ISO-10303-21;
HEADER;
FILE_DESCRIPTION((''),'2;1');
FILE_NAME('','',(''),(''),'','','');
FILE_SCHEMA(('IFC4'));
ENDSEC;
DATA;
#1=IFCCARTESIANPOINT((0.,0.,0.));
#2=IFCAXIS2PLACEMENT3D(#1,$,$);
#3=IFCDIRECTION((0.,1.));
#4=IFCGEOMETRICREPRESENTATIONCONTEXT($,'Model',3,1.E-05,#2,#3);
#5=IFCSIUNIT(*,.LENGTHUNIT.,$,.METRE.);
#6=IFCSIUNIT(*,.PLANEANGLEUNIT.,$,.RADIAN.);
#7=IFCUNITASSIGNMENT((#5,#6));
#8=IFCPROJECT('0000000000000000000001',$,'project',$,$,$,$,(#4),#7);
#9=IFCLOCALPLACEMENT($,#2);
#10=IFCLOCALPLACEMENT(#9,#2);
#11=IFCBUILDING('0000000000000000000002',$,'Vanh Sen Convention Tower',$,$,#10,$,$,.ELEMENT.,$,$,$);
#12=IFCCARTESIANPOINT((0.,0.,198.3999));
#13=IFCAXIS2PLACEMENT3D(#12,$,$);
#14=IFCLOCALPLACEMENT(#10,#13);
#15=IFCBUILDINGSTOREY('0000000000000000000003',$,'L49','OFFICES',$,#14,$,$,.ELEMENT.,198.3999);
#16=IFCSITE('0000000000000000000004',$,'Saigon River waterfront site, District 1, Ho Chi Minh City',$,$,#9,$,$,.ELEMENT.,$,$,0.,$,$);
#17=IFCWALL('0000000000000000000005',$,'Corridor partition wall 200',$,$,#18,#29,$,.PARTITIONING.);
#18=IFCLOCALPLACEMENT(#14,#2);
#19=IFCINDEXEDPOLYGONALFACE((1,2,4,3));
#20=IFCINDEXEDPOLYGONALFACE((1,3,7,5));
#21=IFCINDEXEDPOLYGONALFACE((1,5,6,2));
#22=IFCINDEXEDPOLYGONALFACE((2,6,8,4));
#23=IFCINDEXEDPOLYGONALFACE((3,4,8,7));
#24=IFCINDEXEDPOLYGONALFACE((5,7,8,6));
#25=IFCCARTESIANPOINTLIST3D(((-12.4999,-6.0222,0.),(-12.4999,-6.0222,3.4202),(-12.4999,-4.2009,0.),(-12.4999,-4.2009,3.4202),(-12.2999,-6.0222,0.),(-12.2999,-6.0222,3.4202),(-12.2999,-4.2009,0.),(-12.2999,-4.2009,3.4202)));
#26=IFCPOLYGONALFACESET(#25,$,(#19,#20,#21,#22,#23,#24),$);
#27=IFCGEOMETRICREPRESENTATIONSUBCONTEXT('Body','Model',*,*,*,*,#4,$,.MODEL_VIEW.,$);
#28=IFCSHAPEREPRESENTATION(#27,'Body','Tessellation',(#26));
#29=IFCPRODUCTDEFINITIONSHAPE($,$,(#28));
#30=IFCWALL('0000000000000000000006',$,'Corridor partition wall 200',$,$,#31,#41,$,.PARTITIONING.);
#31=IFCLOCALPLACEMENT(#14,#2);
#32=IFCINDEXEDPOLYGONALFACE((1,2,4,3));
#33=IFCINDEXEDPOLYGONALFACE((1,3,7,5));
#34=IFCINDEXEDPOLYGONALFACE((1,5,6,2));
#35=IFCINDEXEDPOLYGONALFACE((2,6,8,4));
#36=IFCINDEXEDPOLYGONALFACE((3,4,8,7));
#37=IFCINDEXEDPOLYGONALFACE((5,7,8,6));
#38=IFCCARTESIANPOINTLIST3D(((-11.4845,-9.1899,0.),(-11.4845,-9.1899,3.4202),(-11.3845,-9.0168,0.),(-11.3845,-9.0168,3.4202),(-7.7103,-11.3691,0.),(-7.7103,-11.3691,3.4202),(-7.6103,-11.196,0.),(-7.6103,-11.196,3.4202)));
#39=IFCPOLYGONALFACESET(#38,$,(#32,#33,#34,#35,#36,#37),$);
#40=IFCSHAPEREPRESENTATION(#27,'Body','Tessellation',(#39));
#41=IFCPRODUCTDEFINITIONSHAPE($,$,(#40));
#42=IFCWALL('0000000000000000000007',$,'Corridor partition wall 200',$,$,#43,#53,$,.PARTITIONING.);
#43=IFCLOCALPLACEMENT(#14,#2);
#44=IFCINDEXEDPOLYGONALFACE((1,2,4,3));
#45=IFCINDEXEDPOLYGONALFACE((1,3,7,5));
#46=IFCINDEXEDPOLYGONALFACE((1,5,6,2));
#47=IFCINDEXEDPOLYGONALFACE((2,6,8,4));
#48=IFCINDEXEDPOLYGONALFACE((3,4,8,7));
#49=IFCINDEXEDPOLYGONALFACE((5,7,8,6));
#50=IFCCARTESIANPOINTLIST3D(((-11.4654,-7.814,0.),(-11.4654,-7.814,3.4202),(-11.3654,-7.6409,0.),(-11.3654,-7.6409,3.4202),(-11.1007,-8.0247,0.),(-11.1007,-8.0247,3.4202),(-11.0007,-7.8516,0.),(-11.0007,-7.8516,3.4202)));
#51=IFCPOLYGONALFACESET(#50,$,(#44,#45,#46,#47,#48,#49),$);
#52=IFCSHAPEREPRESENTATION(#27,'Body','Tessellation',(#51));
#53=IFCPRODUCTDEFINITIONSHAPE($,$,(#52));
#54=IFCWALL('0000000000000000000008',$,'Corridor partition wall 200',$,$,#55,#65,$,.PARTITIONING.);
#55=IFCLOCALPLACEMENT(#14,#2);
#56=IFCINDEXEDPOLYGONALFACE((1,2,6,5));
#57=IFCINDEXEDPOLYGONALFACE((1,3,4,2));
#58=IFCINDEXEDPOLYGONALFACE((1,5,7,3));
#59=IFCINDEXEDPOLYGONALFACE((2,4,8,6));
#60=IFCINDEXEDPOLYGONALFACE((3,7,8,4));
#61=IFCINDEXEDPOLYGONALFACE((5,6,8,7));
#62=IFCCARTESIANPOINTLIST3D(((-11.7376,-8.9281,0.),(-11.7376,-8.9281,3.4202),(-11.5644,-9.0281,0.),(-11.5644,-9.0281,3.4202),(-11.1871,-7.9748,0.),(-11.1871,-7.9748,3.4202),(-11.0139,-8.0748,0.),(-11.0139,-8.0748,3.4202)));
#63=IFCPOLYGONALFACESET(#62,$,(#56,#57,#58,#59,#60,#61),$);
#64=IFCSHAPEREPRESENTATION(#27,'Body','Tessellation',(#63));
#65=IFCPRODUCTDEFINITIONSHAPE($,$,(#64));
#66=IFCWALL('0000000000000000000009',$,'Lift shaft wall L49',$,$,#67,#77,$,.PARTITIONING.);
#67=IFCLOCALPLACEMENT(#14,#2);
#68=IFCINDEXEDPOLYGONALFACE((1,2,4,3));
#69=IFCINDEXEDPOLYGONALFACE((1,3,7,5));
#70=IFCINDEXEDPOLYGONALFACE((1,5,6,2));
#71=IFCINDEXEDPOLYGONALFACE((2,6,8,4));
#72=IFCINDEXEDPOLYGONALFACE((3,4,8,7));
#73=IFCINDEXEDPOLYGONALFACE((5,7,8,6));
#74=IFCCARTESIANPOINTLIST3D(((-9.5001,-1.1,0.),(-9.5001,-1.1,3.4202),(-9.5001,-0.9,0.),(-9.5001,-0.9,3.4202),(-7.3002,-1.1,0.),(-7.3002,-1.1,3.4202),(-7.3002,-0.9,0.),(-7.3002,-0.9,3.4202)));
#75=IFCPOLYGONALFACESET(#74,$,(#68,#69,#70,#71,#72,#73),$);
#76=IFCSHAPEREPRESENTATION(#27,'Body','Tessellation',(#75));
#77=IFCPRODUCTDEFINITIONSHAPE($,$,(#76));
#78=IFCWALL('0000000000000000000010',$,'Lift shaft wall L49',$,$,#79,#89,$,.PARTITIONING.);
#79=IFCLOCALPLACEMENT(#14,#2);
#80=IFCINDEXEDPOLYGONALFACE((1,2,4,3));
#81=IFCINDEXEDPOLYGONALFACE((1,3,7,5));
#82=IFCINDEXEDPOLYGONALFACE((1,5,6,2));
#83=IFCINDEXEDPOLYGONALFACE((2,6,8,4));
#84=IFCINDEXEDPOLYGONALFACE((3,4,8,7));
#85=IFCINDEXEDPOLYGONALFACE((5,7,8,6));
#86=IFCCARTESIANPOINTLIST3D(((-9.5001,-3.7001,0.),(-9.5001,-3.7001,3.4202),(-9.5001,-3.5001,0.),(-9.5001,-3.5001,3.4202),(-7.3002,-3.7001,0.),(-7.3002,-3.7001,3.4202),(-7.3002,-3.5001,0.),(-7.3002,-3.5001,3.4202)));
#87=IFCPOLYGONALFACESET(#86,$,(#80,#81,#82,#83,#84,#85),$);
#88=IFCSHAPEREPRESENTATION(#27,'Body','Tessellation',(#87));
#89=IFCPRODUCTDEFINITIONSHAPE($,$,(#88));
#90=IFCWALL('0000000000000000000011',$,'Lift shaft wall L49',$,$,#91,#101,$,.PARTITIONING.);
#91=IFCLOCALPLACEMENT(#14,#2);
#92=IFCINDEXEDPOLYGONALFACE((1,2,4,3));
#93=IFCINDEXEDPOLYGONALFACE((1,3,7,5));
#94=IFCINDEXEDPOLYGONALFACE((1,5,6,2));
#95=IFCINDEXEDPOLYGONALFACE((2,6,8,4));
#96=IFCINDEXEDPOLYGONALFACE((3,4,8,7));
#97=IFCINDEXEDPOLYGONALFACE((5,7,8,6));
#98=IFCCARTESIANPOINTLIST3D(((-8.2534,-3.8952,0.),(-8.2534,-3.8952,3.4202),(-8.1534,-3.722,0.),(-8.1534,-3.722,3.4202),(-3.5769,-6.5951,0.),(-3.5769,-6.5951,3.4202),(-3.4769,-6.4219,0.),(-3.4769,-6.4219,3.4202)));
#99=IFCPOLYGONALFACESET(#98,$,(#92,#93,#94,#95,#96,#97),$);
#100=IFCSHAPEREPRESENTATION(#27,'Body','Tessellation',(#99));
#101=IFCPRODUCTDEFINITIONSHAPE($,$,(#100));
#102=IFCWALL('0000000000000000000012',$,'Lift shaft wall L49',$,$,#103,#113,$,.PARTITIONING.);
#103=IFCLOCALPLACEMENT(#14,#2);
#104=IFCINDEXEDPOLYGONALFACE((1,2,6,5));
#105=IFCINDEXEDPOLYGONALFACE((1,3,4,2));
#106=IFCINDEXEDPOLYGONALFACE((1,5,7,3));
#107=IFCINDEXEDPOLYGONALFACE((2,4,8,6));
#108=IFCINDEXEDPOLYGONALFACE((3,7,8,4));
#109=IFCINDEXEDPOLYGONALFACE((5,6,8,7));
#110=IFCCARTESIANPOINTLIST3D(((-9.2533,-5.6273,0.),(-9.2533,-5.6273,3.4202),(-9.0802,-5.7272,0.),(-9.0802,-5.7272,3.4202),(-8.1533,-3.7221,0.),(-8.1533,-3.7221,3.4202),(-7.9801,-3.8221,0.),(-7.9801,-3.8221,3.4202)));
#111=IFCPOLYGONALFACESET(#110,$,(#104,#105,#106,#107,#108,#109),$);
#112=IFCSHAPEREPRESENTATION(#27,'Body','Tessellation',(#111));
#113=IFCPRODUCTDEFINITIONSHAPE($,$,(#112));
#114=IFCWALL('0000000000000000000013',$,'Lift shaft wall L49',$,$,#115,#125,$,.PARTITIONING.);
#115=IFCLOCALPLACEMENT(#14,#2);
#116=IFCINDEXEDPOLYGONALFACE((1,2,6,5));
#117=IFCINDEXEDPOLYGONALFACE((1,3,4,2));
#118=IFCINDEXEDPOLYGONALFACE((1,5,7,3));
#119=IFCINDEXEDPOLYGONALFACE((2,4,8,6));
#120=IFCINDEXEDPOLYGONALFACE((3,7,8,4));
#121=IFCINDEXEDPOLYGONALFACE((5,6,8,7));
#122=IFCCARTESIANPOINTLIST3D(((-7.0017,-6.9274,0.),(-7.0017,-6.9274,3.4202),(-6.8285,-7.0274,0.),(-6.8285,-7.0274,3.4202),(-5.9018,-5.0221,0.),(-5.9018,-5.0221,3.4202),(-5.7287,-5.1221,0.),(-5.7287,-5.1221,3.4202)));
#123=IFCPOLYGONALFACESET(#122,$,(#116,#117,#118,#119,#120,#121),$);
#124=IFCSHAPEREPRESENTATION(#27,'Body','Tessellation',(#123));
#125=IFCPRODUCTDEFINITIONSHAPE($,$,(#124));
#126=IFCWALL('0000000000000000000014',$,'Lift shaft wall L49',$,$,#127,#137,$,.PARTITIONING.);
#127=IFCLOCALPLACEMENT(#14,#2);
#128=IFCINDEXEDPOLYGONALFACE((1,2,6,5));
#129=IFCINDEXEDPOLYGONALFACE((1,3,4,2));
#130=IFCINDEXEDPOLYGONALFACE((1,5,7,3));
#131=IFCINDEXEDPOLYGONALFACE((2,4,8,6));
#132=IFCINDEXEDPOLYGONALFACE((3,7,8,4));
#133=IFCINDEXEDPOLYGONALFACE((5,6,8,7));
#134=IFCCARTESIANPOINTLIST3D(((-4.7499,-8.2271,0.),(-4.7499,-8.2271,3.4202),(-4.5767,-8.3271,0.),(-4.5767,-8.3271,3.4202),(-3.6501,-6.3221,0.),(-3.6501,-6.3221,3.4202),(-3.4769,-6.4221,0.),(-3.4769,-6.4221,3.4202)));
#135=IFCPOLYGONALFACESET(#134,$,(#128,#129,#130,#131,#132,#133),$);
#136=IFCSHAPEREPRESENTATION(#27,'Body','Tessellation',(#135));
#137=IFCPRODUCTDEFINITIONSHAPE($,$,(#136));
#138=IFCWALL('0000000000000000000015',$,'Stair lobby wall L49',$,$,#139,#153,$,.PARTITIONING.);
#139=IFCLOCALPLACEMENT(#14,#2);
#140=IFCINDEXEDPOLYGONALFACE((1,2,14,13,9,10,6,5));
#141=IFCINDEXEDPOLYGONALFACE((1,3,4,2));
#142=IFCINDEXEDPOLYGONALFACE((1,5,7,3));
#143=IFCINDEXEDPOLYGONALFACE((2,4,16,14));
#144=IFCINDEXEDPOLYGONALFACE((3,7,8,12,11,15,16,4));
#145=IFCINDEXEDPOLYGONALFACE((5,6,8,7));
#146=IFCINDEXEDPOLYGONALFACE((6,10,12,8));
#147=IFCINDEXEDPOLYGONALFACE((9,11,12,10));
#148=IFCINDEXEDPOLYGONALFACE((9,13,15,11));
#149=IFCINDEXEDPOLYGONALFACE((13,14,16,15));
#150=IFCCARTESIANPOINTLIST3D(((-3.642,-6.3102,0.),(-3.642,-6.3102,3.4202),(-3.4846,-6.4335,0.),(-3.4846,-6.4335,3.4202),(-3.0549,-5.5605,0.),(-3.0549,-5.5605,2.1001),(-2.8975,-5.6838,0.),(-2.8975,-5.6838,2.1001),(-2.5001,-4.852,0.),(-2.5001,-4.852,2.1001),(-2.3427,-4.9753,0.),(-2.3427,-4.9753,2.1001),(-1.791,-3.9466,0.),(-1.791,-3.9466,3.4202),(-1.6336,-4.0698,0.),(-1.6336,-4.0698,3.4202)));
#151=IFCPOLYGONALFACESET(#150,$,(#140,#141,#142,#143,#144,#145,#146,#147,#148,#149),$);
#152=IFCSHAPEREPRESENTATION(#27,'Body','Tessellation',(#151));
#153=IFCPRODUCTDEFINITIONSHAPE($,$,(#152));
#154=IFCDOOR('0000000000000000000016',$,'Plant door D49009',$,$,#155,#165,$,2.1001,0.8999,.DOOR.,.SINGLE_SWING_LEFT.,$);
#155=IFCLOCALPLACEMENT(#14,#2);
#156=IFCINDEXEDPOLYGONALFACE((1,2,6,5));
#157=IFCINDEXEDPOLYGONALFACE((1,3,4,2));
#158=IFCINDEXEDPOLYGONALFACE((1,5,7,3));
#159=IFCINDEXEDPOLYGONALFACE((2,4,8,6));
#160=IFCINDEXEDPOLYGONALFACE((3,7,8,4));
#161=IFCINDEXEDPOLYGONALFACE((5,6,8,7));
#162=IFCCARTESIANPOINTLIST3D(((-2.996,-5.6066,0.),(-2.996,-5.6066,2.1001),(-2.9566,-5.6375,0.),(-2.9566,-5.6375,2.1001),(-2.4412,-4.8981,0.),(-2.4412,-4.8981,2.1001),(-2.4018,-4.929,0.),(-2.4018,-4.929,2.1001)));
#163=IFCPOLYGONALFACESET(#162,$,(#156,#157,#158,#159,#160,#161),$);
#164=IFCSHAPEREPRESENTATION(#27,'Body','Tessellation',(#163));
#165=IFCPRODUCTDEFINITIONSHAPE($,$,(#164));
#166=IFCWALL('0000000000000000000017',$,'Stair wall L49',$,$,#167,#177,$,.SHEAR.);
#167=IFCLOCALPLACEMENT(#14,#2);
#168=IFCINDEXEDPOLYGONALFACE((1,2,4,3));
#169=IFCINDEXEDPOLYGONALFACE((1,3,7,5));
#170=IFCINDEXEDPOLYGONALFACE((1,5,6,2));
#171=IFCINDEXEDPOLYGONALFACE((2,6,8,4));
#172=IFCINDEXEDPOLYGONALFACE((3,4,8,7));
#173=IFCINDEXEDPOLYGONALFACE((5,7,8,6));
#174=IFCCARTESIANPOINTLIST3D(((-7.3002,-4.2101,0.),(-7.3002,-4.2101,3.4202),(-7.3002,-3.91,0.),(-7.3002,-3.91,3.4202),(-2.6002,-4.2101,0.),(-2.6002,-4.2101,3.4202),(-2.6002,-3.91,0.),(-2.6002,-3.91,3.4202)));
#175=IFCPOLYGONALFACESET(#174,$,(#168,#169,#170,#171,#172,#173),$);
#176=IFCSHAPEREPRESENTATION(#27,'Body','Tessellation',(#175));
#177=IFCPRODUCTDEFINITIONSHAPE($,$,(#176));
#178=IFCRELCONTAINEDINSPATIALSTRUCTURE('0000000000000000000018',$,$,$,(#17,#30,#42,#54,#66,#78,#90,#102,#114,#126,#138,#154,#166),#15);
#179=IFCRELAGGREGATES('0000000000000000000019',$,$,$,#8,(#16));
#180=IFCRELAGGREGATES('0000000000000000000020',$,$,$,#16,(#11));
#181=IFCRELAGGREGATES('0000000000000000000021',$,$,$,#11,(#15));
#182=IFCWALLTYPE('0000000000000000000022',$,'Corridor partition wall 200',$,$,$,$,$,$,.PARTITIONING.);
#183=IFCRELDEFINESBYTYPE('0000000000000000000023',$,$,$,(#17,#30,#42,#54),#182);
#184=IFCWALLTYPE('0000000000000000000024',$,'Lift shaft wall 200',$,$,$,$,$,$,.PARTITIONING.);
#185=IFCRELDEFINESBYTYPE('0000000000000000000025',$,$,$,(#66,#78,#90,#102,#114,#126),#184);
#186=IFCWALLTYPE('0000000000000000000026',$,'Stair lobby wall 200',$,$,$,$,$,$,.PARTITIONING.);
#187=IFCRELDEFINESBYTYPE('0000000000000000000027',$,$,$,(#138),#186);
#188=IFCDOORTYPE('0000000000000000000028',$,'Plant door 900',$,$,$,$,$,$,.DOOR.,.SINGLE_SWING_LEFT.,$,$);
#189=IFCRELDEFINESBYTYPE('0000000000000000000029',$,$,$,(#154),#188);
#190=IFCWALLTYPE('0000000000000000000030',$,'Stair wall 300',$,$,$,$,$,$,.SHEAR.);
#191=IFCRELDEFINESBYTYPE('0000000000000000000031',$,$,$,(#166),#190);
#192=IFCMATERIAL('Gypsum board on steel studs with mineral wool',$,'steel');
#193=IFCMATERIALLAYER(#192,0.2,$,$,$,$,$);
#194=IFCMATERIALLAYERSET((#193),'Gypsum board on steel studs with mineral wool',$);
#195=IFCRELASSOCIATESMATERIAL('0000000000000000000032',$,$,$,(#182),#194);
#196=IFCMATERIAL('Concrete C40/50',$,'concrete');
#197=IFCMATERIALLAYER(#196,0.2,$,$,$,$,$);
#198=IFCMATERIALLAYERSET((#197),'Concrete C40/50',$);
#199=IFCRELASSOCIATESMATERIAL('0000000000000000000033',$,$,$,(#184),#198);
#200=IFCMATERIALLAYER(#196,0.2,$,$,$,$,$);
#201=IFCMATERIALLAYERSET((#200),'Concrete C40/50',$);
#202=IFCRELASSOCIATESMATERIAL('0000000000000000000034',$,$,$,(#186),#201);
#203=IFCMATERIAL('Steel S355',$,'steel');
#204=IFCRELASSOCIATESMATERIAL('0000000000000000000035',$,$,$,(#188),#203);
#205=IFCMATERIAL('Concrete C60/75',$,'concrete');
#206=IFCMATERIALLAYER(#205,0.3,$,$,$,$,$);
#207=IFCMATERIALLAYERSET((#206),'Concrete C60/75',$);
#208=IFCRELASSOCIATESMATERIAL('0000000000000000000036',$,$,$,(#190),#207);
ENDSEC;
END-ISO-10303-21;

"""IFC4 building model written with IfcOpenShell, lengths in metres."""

from ifc_helpers import new_model, si_unit, direction, frame, frame_2d, origin, place, context, subcontext, project, spatial, rectangle, extrude, material, layer, layer_set, type_object, element, fill, save


model = new_model("IFC4")

# Units and contexts
model_context = context("Model", 3, precision=1e-05, world=origin(), true_north=direction((0.0, 1.0)))
body_context = subcontext(model_context, "Body", "Model", "MODEL_VIEW")
ifc_project = project(units=[si_unit("LENGTHUNIT", "METRE"), si_unit("PLANEANGLEUNIT", "RADIAN")], contexts=[model_context])

# Site, building, storey
site_placement = place(None, origin())
site = spatial("IfcSite", under=ifc_project, at=site_placement, Name="Saigon River waterfront site, District 1, Ho Chi Minh City", CompositionType="ELEMENT", RefElevation=0.0)
building_placement = place(site_placement, origin())
building = spatial("IfcBuilding", under=site, at=building_placement, Name="Vanh Sen Convention Tower", CompositionType="ELEMENT")
storey_placement = place(building_placement, frame((0.0, 0.0, 198.3999)))
storey = spatial("IfcBuildingStorey", under=building, at=storey_placement, Name="L49", Description="OFFICES", CompositionType="ELEMENT", Elevation=198.3999)

# Shared definitions
ifc_material_1 = material(Name="Steel S355", Category="steel")

# Walls
ifc_material_2 = material(Name="Gypsum board on steel studs with mineral wool", Category="steel")
ifc_layer_1 = layer(ifc_material_2, 0.2)
ifc_layer_set_1 = layer_set([ifc_layer_1], Name="Gypsum board on steel studs with mineral wool")
wall_type_1 = type_object("IfcWallType", Name="Corridor partition wall 200", PredefinedType="PARTITIONING", material=ifc_layer_set_1)
wall_1_placement = place(storey_placement, frame((-12.3999, -4.2009, 0.0), z_axis=(0.0, 0.0, 1.0), x_axis=(0.0, -1.0, 0.0)))
element("IfcWall", 1, at=wall_1_placement, inside=storey, type_object=wall_type_1, Name="Corridor partition wall 200", PredefinedType="PARTITIONING", context=body_context, shape_type="SweptSolid", body=[
    extrude(rectangle(XDim=1.8213, YDim=0.2, at=frame_2d((0.9106, 0.0))), origin(), (0.0, 0.0, 1.0), 3.4202),
])
wall_2_placement = place(storey_placement, frame((-11.4346, -9.1033, 0.0), z_axis=(0.0, 0.0, 1.0), x_axis=(0.866007, -0.500031, 0.0)))
element("IfcWall", 2, at=wall_2_placement, inside=storey, type_object=wall_type_1, Name="Corridor partition wall 200", PredefinedType="PARTITIONING", context=body_context, shape_type="SweptSolid", body=[
    extrude(rectangle(XDim=4.3582, YDim=0.2, at=frame_2d((2.1792, 0.0))), origin(), (0.0, 0.0, 1.0), 3.4202),
])
wall_3_placement = place(storey_placement, frame((-11.4153, -7.7275, 0.0), z_axis=(0.0, 0.0, 1.0), x_axis=(0.865915, -0.500191, 0.0)))
element("IfcWall", 3, at=wall_3_placement, inside=storey, type_object=wall_type_1, Name="Corridor partition wall 200", PredefinedType="PARTITIONING", context=body_context, shape_type="SweptSolid", body=[
    extrude(rectangle(XDim=0.4211, YDim=0.2, at=frame_2d((0.2104, 0.0))), origin(), (0.0, 0.0, 1.0), 3.4202),
])
wall_4_placement = place(storey_placement, frame((-11.1006, -8.0249, 0.0), z_axis=(0.0, 0.0, 1.0), x_axis=(-0.500074, -0.865982, 0.0)))
element("IfcWall", 4, at=wall_4_placement, inside=storey, type_object=wall_type_1, Name="Corridor partition wall 200", PredefinedType="PARTITIONING", context=body_context, shape_type="SweptSolid", body=[
    extrude(rectangle(XDim=1.1008, YDim=0.2, at=frame_2d((0.5503, 0.0))), origin(), (0.0, 0.0, 1.0), 3.4202),
])
ifc_material_3 = material(Name="Concrete C40/50", Category="concrete")
ifc_layer_2 = layer(ifc_material_3, 0.2)
ifc_layer_set_2 = layer_set([ifc_layer_2], Name="Concrete C40/50")
wall_type_2 = type_object("IfcWallType", Name="Lift shaft wall 200", PredefinedType="PARTITIONING", material=ifc_layer_set_2)
for number, where, z_axis, x_axis, name in (
    (5, (-7.3, -1.0, 0.0), (0.0, 0.0, 1.0), (-1.0, 0.0, 0.0), "Lift shaft wall L49"),
    (6, (-7.3, -3.6001, 0.0), (0.0, 0.0, 1.0), (-1.0, 0.0, 0.0), "Lift shaft wall L49"),
):
    element("IfcWall", number, at=place(storey_placement, frame(where, z_axis=z_axis, x_axis=x_axis)), inside=storey, type_object=wall_type_2, Name=name, PredefinedType="PARTITIONING", context=body_context, shape_type="SweptSolid", body=[
        extrude(rectangle(XDim=2.2, YDim=0.2, at=frame_2d((1.1001, 0.0))), origin(), (0.0, 0.0, 1.0), 3.4202),
    ])
wall_5_placement = place(storey_placement, frame((-8.2034, -3.8086, 0.0), z_axis=(0.0, 0.0, 1.0), x_axis=(0.866028, -0.499995, 0.0)))
element("IfcWall", 7, at=wall_5_placement, inside=storey, type_object=wall_type_2, Name="Lift shaft wall L49", PredefinedType="PARTITIONING", context=body_context, shape_type="SweptSolid", body=[
    extrude(rectangle(XDim=5.3999, YDim=0.2, at=frame_2d((2.7, 0.0))), origin(), (0.0, 0.0, 1.0), 3.4202),
])
for number, where, z_axis, x_axis, name in (
    (8, (-8.0667, -3.772, 0.0), (0.0, 0.0, 1.0), (-0.50003, -0.866008, 0.0), "Lift shaft wall L49"),
    (9, (-5.8152, -5.072, 0.0), (0.0, 0.0, 1.0), (-0.499947, -0.866056, 0.0), "Lift shaft wall L49"),
):
    element("IfcWall", number, at=place(storey_placement, frame(where, z_axis=z_axis, x_axis=x_axis)), inside=storey, type_object=wall_type_2, Name=name, PredefinedType="PARTITIONING", context=body_context, shape_type="SweptSolid", body=[
        extrude(rectangle(XDim=2.2, YDim=0.2, at=frame_2d((1.1001, 0.0))), origin(), (0.0, 0.0, 1.0), 3.4202),
    ])
wall_6_placement = place(storey_placement, frame((-3.5635, -6.3721, 0.0), z_axis=(0.0, 0.0, 1.0), x_axis=(-0.499995, -0.866028, 0.0)))
element("IfcWall", 10, at=wall_6_placement, inside=storey, type_object=wall_type_2, Name="Lift shaft wall L49", PredefinedType="PARTITIONING", context=body_context, shape_type="SweptSolid", body=[
    extrude(rectangle(XDim=2.1997, YDim=0.2, at=frame_2d((1.0999, 0.0))), origin(), (0.0, 0.0, 1.0), 3.4202),
])

# Wall, opening, door
ifc_layer_3 = layer(ifc_material_3, 0.2)
ifc_layer_set_3 = layer_set([ifc_layer_3], Name="Concrete C40/50")
wall_type_3 = type_object("IfcWallType", Name="Stair lobby wall 200", PredefinedType="PARTITIONING", material=ifc_layer_set_3)
wall_7_placement = place(storey_placement, frame((-1.7124, -4.0083, 0.0), z_axis=(0.0, 0.0, 1.0), x_axis=(-0.616549, -0.787316, 0.0)))
wall_7 = element("IfcWall", 11, at=wall_7_placement, inside=storey, type_object=wall_type_3, Name="Stair lobby wall L49", PredefinedType="PARTITIONING", context=body_context, shape_type="SweptSolid", body=[
    extrude(rectangle(XDim=3.0022, YDim=0.2, at=frame_2d((1.501, 0.0))), origin(), (0.0, 0.0, 1.0), 3.4202),
])
opening_1_placement = place(wall_7_placement, frame((1.1499, 0.0, 0.0)))
opening_1 = element("IfcOpeningElement", 12, at=opening_1_placement, cuts=wall_7, PredefinedType="OPENING", context=body_context, shape_type="SweptSolid", body=[
    extrude(rectangle(XDim=0.8999, YDim=2.1001, at=frame_2d((0.45, 1.05))), frame((0.0, 0.1099, 0.0), z_axis=(0.0, -1.0, 0.0), x_axis=(1.0, 0.0, 0.0)), (0.0, 0.0, 1.0), 0.22),
])
door_type_1 = type_object("IfcDoorType", Name="Plant door 900", OperationType="SINGLE_SWING_LEFT", PredefinedType="DOOR", material=ifc_material_1)
door_1_placement = place(opening_1_placement, origin())
door_1 = element("IfcDoor", 13, at=door_1_placement, inside=storey, type_object=door_type_1, Name="Plant door D49009", OperationType="SINGLE_SWING_LEFT", OverallHeight=2.1001, OverallWidth=0.8999, PredefinedType="DOOR", context=body_context, shape_type="SweptSolid", body=[
    extrude(rectangle(XDim=0.8999, YDim=2.1001, at=frame_2d((0.45, 1.05))), frame((0.0, 0.0249, 0.0), z_axis=(0.0, -1.0, 0.0), x_axis=(1.0, 0.0, 0.0)), (0.0, 0.0, 1.0), 0.05),
])
fill(opening_1, door_1)

# Wall
ifc_material_4 = material(Name="Concrete C60/75", Category="concrete")
ifc_layer_4 = layer(ifc_material_4, 0.3)
ifc_layer_set_4 = layer_set([ifc_layer_4], Name="Concrete C60/75")
wall_type_4 = type_object("IfcWallType", Name="Stair wall 300", PredefinedType="SHEAR", material=ifc_layer_set_4)
wall_8_placement = place(storey_placement, frame((-2.6001, -4.0601, 0.0), z_axis=(0.0, 0.0, 1.0), x_axis=(-1.0, 0.0, 0.0)))
element("IfcWall", 14, at=wall_8_placement, inside=storey, type_object=wall_type_4, Name="Stair wall L49", PredefinedType="SHEAR", context=body_context, shape_type="SweptSolid", body=[
    extrude(rectangle(XDim=4.7, YDim=0.3, at=frame_2d((2.3501, 0.0))), origin(), (0.0, 0.0, 1.0), 3.4202),
])

save(model, "model.ifc")
